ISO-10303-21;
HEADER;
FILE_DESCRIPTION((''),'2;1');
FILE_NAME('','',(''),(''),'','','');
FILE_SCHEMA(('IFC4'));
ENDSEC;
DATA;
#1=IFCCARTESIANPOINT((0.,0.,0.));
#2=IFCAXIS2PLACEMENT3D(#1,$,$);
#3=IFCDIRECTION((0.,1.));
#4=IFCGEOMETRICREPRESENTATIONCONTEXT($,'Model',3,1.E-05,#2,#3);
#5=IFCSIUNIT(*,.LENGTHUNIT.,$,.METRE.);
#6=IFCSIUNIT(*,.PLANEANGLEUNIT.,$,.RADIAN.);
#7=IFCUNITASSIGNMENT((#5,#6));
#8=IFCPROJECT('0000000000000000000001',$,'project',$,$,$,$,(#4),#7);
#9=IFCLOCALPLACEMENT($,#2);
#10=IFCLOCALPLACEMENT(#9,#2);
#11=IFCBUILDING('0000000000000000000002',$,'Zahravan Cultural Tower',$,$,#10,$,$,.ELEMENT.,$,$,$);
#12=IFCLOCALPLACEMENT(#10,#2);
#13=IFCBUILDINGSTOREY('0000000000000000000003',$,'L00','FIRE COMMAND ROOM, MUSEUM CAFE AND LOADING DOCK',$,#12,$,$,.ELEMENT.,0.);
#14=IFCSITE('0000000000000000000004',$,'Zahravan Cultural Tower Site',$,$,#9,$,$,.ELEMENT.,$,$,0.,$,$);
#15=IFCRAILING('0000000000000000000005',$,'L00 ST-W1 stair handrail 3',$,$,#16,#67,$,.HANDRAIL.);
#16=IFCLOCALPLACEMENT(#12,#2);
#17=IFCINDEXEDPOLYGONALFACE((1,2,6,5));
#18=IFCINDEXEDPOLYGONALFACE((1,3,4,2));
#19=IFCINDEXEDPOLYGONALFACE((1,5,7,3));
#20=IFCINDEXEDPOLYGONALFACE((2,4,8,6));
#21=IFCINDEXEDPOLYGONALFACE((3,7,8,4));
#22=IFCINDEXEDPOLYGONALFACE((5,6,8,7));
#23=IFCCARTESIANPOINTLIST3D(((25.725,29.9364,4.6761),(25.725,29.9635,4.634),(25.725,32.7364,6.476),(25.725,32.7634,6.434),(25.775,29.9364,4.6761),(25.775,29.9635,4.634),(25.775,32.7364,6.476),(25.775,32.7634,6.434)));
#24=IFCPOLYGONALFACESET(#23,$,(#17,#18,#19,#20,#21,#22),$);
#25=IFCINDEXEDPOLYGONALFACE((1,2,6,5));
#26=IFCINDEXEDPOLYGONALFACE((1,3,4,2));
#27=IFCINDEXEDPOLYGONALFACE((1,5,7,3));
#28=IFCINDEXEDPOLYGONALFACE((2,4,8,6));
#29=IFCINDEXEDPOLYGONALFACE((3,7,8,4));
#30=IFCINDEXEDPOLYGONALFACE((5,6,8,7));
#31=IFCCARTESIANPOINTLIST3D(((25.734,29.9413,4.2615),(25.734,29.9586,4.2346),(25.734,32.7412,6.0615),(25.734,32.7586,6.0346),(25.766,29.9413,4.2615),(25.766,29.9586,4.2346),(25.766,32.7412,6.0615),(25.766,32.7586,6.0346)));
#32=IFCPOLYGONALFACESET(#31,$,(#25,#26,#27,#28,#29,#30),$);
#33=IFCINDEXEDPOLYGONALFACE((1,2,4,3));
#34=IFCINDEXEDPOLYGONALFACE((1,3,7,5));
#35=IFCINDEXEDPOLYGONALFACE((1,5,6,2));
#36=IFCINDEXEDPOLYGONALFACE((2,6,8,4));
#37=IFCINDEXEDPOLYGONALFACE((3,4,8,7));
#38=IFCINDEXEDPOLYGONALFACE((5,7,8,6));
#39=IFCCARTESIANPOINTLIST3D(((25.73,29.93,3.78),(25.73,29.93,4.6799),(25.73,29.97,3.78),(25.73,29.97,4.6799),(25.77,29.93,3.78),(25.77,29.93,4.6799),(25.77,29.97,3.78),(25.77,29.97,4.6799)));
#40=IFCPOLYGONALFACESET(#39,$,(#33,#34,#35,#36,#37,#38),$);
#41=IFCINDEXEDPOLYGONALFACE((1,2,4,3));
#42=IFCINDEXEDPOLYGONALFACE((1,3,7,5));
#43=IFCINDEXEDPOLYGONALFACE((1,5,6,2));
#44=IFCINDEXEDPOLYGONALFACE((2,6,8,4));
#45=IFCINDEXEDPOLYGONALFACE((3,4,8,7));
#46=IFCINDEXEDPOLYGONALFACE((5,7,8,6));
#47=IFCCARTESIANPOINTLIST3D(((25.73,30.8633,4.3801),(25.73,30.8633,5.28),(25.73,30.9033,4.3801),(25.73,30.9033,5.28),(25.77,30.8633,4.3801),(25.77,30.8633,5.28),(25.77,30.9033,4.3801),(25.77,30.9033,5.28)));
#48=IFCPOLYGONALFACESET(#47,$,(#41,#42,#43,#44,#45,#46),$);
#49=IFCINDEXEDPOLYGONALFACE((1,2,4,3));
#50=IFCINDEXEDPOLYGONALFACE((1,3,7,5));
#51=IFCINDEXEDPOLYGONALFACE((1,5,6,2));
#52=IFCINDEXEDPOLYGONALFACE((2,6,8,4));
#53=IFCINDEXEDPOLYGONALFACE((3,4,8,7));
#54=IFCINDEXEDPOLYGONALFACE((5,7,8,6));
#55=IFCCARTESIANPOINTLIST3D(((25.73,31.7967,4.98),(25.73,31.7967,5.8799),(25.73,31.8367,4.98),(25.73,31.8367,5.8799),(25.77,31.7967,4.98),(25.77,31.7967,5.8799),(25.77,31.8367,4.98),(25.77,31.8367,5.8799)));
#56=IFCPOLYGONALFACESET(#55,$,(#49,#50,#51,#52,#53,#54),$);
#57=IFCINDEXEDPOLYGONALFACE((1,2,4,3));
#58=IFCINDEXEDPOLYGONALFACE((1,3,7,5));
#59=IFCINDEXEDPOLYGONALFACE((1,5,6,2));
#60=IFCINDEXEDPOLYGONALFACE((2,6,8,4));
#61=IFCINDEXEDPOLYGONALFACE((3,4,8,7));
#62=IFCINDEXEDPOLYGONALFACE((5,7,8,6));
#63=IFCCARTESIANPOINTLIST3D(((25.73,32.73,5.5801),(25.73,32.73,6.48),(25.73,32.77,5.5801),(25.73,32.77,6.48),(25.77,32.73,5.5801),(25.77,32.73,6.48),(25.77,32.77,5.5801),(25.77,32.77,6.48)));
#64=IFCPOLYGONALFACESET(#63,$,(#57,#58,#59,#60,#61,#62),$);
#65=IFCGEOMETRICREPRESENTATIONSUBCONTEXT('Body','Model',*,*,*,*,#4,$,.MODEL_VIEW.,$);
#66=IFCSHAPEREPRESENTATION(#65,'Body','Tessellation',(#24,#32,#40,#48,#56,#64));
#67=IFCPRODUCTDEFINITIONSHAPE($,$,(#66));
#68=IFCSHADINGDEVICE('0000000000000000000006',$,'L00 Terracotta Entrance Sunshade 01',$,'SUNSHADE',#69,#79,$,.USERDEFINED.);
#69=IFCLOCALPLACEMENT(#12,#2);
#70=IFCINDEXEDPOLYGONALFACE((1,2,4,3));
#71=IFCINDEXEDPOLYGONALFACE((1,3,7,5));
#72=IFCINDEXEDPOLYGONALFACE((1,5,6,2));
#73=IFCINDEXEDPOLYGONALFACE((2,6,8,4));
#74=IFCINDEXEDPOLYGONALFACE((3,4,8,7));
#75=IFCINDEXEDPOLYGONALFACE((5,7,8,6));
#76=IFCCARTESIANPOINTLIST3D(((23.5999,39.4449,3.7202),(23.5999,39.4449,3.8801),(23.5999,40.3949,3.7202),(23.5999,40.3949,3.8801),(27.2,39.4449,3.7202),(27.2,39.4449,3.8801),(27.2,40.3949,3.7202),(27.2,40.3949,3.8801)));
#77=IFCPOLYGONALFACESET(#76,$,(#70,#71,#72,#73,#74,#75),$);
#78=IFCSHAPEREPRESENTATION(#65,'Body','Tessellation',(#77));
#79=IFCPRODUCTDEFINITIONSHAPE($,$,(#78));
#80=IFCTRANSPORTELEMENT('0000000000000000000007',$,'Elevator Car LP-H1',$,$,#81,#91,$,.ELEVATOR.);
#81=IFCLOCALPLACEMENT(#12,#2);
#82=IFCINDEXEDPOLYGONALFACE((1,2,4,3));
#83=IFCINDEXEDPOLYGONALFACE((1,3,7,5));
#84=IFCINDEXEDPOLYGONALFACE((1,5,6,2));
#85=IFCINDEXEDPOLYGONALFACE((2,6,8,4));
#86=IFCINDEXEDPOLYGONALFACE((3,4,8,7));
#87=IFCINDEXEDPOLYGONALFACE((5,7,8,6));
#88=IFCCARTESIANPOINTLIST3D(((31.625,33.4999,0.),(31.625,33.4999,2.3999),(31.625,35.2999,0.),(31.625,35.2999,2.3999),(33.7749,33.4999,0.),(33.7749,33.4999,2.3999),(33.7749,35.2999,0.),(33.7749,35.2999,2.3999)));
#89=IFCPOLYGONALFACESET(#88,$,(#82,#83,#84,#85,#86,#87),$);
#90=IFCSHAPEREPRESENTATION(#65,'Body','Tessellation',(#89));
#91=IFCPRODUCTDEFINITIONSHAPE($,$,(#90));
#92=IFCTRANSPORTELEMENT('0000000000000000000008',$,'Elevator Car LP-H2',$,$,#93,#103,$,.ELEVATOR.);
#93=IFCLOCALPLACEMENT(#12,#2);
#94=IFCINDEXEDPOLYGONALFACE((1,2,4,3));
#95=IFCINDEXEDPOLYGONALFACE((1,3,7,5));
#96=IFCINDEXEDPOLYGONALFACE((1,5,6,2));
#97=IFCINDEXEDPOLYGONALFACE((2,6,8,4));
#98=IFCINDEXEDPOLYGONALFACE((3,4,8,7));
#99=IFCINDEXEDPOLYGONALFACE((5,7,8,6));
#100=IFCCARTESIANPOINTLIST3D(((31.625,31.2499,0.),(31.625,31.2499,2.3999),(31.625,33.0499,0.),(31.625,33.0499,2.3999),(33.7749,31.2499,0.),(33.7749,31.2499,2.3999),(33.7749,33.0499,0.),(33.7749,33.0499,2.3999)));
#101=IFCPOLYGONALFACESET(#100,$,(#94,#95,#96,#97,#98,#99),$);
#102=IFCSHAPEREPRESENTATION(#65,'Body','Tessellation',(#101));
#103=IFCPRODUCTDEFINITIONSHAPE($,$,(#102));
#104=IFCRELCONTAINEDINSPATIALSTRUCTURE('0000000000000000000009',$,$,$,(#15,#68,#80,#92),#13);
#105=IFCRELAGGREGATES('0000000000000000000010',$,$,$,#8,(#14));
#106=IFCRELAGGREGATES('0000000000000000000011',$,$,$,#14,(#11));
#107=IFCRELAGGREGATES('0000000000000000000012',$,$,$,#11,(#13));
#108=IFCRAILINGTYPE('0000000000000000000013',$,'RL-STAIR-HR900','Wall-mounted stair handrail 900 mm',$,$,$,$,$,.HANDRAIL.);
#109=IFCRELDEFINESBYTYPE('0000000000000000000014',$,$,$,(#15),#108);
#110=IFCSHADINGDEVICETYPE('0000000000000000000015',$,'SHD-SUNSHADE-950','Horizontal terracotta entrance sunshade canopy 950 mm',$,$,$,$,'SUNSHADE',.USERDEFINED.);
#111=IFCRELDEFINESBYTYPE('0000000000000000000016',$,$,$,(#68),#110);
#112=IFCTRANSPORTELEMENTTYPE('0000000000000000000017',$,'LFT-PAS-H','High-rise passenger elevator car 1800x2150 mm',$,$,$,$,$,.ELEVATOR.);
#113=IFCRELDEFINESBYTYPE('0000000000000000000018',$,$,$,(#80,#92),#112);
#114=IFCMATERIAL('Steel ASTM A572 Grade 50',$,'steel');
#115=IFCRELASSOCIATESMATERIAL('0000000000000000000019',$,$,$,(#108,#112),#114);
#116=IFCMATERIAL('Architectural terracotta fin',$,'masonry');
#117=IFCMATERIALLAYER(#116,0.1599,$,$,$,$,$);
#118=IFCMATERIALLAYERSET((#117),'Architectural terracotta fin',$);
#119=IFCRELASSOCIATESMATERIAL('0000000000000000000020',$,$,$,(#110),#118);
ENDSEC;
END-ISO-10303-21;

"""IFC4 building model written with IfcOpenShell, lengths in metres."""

from ifc_helpers import new_model, si_unit, direction, frame, origin, origin_2d, place, context, subcontext, project, spatial, rectangle, extrude, source, transform, mapped, material, layer, layer_set, type_object, element, save


model = new_model("IFC4")

# Units and contexts
model_context = context("Model", 3, precision=1e-05, world=origin(), true_north=direction((0.0, 1.0)))
body_context = subcontext(model_context, "Body", "Model", "MODEL_VIEW")
ifc_project = project(units=[si_unit("LENGTHUNIT", "METRE"), si_unit("PLANEANGLEUNIT", "RADIAN")], contexts=[model_context])

# Site, building, storey
site_placement = place(None, origin())
site = spatial("IfcSite", under=ifc_project, at=site_placement, Name="Zahravan Cultural Tower Site", CompositionType="ELEMENT", RefElevation=0.0)
building_placement = place(site_placement, origin())
building = spatial("IfcBuilding", under=site, at=building_placement, Name="Zahravan Cultural Tower", CompositionType="ELEMENT")
storey_placement = place(building_placement, origin())
storey = spatial("IfcBuildingStorey", under=building, at=storey_placement, Name="L00", Description="FIRE COMMAND ROOM, MUSEUM CAFE AND LOADING DOCK", CompositionType="ELEMENT", Elevation=0.0)

# Shared definitions
ifc_material_1 = material(Name="Steel ASTM A572 Grade 50", Category="steel")

# Railing
railing_type_1 = type_object("IfcRailingType", Name="RL-STAIR-HR900", Description="Wall-mounted stair handrail 900 mm", PredefinedType="HANDRAIL", material=ifc_material_1)
railing_placement = place(storey_placement, frame((25.75, 29.95, 3.78)))
element("IfcRailing", 1, at=railing_placement, inside=storey, type_object=railing_type_1, Name="L00 ST-W1 stair handrail 3", PredefinedType="HANDRAIL", context=body_context, shape_type="SweptSolid", body=[
    extrude(rectangle(XDim=0.05, YDim=0.05, at=origin_2d()), frame((0.0, 0.0, 0.875), z_axis=(0.0, 0.841176, 0.540761), x_axis=(-1.0, 0.0, 0.0)), (0.0, 0.0, 1.0), 3.3286),
    extrude(rectangle(XDim=0.032, YDim=0.032, at=origin_2d()), frame((0.0, 0.0, 0.468), z_axis=(0.0, 0.841176, 0.540761), x_axis=(-1.0, 0.0, 0.0)), (0.0, 0.0, 1.0), 3.3286),
    extrude(rectangle(XDim=0.04, YDim=0.04, at=origin_2d()), origin(), (0.0, 0.0, 1.0), 0.8999),
    extrude(rectangle(XDim=0.04, YDim=0.04, at=origin_2d()), frame((0.0, 0.9333, 0.6001)), (0.0, 0.0, 1.0), 0.8999),
    extrude(rectangle(XDim=0.04, YDim=0.04, at=origin_2d()), frame((0.0, 1.8667, 1.2)), (0.0, 0.0, 1.0), 0.8999),
    extrude(rectangle(XDim=0.04, YDim=0.04, at=origin_2d()), frame((0.0, 2.8, 1.8)), (0.0, 0.0, 1.0), 0.8999),
])

# Shading device
ifc_material_2 = material(Name="Architectural terracotta fin", Category="masonry")
ifc_layer_1 = layer(ifc_material_2, 0.1599)
ifc_layer_set_1 = layer_set([ifc_layer_1], Name="Architectural terracotta fin")
shading_device_type = type_object("IfcShadingDeviceType", Name="SHD-SUNSHADE-950", Description="Horizontal terracotta entrance sunshade canopy 950 mm", ElementType="SUNSHADE", PredefinedType="USERDEFINED", material=ifc_layer_set_1)
shared_shape_1 = source(origin(), body_context, "Body", "SweptSolid", [
    extrude(rectangle(XDim=3.6001, YDim=0.95, at=origin_2d()), origin(), (0.0, 0.0, 1.0), 0.1599),
])
shading_device_placement = place(storey_placement, frame((25.3999, 39.9199, 3.7202), z_axis=(0.0, 0.0, 1.0), x_axis=(1.0, 0.0, 0.0)))
element("IfcShadingDevice", 2, at=shading_device_placement, inside=storey, type_object=shading_device_type, Name="L00 Terracotta Entrance Sunshade 01", ObjectType="SUNSHADE", PredefinedType="USERDEFINED", context=body_context, shape_type="MappedRepresentation", body=[
    mapped(shared_shape_1, transform((0.0, 0.0, 0.0), x_axis=(1.0, 0.0, 0.0), y_axis=(0.0, 1.0, 0.0), z_axis=(0.0, 0.0, 1.0), scale=1.0)),
])

# Transport elements
transport_element_type = type_object("IfcTransportElementType", Name="LFT-PAS-H", Description="High-rise passenger elevator car 1800x2150 mm", PredefinedType="ELEVATOR", material=ifc_material_1)
shared_shape_2 = source(origin(), body_context, "Body", "SweptSolid", [
    extrude(rectangle(XDim=2.1499, YDim=1.8, at=origin_2d()), origin(), (0.0, 0.0, 1.0), 2.3999),
])
for number, where, z_axis, x_axis, name in (
    (3, (32.7, 34.3999, 0.0), (0.0, 0.0, 1.0), (1.0, 0.0, 0.0), "Elevator Car LP-H1"),
    (4, (32.7, 32.1499, 0.0), (0.0, 0.0, 1.0), (1.0, 0.0, 0.0), "Elevator Car LP-H2"),
):
    element("IfcTransportElement", number, at=place(storey_placement, frame(where, z_axis=z_axis, x_axis=x_axis)), inside=storey, type_object=transport_element_type, Name=name, PredefinedType="ELEVATOR", context=body_context, shape_type="MappedRepresentation", body=[
        mapped(shared_shape_2, transform((0.0, 0.0, 0.0), x_axis=(1.0, 0.0, 0.0), y_axis=(0.0, 1.0, 0.0), z_axis=(0.0, 0.0, 1.0), scale=1.0)),
    ])

save(model, "model.ifc")
